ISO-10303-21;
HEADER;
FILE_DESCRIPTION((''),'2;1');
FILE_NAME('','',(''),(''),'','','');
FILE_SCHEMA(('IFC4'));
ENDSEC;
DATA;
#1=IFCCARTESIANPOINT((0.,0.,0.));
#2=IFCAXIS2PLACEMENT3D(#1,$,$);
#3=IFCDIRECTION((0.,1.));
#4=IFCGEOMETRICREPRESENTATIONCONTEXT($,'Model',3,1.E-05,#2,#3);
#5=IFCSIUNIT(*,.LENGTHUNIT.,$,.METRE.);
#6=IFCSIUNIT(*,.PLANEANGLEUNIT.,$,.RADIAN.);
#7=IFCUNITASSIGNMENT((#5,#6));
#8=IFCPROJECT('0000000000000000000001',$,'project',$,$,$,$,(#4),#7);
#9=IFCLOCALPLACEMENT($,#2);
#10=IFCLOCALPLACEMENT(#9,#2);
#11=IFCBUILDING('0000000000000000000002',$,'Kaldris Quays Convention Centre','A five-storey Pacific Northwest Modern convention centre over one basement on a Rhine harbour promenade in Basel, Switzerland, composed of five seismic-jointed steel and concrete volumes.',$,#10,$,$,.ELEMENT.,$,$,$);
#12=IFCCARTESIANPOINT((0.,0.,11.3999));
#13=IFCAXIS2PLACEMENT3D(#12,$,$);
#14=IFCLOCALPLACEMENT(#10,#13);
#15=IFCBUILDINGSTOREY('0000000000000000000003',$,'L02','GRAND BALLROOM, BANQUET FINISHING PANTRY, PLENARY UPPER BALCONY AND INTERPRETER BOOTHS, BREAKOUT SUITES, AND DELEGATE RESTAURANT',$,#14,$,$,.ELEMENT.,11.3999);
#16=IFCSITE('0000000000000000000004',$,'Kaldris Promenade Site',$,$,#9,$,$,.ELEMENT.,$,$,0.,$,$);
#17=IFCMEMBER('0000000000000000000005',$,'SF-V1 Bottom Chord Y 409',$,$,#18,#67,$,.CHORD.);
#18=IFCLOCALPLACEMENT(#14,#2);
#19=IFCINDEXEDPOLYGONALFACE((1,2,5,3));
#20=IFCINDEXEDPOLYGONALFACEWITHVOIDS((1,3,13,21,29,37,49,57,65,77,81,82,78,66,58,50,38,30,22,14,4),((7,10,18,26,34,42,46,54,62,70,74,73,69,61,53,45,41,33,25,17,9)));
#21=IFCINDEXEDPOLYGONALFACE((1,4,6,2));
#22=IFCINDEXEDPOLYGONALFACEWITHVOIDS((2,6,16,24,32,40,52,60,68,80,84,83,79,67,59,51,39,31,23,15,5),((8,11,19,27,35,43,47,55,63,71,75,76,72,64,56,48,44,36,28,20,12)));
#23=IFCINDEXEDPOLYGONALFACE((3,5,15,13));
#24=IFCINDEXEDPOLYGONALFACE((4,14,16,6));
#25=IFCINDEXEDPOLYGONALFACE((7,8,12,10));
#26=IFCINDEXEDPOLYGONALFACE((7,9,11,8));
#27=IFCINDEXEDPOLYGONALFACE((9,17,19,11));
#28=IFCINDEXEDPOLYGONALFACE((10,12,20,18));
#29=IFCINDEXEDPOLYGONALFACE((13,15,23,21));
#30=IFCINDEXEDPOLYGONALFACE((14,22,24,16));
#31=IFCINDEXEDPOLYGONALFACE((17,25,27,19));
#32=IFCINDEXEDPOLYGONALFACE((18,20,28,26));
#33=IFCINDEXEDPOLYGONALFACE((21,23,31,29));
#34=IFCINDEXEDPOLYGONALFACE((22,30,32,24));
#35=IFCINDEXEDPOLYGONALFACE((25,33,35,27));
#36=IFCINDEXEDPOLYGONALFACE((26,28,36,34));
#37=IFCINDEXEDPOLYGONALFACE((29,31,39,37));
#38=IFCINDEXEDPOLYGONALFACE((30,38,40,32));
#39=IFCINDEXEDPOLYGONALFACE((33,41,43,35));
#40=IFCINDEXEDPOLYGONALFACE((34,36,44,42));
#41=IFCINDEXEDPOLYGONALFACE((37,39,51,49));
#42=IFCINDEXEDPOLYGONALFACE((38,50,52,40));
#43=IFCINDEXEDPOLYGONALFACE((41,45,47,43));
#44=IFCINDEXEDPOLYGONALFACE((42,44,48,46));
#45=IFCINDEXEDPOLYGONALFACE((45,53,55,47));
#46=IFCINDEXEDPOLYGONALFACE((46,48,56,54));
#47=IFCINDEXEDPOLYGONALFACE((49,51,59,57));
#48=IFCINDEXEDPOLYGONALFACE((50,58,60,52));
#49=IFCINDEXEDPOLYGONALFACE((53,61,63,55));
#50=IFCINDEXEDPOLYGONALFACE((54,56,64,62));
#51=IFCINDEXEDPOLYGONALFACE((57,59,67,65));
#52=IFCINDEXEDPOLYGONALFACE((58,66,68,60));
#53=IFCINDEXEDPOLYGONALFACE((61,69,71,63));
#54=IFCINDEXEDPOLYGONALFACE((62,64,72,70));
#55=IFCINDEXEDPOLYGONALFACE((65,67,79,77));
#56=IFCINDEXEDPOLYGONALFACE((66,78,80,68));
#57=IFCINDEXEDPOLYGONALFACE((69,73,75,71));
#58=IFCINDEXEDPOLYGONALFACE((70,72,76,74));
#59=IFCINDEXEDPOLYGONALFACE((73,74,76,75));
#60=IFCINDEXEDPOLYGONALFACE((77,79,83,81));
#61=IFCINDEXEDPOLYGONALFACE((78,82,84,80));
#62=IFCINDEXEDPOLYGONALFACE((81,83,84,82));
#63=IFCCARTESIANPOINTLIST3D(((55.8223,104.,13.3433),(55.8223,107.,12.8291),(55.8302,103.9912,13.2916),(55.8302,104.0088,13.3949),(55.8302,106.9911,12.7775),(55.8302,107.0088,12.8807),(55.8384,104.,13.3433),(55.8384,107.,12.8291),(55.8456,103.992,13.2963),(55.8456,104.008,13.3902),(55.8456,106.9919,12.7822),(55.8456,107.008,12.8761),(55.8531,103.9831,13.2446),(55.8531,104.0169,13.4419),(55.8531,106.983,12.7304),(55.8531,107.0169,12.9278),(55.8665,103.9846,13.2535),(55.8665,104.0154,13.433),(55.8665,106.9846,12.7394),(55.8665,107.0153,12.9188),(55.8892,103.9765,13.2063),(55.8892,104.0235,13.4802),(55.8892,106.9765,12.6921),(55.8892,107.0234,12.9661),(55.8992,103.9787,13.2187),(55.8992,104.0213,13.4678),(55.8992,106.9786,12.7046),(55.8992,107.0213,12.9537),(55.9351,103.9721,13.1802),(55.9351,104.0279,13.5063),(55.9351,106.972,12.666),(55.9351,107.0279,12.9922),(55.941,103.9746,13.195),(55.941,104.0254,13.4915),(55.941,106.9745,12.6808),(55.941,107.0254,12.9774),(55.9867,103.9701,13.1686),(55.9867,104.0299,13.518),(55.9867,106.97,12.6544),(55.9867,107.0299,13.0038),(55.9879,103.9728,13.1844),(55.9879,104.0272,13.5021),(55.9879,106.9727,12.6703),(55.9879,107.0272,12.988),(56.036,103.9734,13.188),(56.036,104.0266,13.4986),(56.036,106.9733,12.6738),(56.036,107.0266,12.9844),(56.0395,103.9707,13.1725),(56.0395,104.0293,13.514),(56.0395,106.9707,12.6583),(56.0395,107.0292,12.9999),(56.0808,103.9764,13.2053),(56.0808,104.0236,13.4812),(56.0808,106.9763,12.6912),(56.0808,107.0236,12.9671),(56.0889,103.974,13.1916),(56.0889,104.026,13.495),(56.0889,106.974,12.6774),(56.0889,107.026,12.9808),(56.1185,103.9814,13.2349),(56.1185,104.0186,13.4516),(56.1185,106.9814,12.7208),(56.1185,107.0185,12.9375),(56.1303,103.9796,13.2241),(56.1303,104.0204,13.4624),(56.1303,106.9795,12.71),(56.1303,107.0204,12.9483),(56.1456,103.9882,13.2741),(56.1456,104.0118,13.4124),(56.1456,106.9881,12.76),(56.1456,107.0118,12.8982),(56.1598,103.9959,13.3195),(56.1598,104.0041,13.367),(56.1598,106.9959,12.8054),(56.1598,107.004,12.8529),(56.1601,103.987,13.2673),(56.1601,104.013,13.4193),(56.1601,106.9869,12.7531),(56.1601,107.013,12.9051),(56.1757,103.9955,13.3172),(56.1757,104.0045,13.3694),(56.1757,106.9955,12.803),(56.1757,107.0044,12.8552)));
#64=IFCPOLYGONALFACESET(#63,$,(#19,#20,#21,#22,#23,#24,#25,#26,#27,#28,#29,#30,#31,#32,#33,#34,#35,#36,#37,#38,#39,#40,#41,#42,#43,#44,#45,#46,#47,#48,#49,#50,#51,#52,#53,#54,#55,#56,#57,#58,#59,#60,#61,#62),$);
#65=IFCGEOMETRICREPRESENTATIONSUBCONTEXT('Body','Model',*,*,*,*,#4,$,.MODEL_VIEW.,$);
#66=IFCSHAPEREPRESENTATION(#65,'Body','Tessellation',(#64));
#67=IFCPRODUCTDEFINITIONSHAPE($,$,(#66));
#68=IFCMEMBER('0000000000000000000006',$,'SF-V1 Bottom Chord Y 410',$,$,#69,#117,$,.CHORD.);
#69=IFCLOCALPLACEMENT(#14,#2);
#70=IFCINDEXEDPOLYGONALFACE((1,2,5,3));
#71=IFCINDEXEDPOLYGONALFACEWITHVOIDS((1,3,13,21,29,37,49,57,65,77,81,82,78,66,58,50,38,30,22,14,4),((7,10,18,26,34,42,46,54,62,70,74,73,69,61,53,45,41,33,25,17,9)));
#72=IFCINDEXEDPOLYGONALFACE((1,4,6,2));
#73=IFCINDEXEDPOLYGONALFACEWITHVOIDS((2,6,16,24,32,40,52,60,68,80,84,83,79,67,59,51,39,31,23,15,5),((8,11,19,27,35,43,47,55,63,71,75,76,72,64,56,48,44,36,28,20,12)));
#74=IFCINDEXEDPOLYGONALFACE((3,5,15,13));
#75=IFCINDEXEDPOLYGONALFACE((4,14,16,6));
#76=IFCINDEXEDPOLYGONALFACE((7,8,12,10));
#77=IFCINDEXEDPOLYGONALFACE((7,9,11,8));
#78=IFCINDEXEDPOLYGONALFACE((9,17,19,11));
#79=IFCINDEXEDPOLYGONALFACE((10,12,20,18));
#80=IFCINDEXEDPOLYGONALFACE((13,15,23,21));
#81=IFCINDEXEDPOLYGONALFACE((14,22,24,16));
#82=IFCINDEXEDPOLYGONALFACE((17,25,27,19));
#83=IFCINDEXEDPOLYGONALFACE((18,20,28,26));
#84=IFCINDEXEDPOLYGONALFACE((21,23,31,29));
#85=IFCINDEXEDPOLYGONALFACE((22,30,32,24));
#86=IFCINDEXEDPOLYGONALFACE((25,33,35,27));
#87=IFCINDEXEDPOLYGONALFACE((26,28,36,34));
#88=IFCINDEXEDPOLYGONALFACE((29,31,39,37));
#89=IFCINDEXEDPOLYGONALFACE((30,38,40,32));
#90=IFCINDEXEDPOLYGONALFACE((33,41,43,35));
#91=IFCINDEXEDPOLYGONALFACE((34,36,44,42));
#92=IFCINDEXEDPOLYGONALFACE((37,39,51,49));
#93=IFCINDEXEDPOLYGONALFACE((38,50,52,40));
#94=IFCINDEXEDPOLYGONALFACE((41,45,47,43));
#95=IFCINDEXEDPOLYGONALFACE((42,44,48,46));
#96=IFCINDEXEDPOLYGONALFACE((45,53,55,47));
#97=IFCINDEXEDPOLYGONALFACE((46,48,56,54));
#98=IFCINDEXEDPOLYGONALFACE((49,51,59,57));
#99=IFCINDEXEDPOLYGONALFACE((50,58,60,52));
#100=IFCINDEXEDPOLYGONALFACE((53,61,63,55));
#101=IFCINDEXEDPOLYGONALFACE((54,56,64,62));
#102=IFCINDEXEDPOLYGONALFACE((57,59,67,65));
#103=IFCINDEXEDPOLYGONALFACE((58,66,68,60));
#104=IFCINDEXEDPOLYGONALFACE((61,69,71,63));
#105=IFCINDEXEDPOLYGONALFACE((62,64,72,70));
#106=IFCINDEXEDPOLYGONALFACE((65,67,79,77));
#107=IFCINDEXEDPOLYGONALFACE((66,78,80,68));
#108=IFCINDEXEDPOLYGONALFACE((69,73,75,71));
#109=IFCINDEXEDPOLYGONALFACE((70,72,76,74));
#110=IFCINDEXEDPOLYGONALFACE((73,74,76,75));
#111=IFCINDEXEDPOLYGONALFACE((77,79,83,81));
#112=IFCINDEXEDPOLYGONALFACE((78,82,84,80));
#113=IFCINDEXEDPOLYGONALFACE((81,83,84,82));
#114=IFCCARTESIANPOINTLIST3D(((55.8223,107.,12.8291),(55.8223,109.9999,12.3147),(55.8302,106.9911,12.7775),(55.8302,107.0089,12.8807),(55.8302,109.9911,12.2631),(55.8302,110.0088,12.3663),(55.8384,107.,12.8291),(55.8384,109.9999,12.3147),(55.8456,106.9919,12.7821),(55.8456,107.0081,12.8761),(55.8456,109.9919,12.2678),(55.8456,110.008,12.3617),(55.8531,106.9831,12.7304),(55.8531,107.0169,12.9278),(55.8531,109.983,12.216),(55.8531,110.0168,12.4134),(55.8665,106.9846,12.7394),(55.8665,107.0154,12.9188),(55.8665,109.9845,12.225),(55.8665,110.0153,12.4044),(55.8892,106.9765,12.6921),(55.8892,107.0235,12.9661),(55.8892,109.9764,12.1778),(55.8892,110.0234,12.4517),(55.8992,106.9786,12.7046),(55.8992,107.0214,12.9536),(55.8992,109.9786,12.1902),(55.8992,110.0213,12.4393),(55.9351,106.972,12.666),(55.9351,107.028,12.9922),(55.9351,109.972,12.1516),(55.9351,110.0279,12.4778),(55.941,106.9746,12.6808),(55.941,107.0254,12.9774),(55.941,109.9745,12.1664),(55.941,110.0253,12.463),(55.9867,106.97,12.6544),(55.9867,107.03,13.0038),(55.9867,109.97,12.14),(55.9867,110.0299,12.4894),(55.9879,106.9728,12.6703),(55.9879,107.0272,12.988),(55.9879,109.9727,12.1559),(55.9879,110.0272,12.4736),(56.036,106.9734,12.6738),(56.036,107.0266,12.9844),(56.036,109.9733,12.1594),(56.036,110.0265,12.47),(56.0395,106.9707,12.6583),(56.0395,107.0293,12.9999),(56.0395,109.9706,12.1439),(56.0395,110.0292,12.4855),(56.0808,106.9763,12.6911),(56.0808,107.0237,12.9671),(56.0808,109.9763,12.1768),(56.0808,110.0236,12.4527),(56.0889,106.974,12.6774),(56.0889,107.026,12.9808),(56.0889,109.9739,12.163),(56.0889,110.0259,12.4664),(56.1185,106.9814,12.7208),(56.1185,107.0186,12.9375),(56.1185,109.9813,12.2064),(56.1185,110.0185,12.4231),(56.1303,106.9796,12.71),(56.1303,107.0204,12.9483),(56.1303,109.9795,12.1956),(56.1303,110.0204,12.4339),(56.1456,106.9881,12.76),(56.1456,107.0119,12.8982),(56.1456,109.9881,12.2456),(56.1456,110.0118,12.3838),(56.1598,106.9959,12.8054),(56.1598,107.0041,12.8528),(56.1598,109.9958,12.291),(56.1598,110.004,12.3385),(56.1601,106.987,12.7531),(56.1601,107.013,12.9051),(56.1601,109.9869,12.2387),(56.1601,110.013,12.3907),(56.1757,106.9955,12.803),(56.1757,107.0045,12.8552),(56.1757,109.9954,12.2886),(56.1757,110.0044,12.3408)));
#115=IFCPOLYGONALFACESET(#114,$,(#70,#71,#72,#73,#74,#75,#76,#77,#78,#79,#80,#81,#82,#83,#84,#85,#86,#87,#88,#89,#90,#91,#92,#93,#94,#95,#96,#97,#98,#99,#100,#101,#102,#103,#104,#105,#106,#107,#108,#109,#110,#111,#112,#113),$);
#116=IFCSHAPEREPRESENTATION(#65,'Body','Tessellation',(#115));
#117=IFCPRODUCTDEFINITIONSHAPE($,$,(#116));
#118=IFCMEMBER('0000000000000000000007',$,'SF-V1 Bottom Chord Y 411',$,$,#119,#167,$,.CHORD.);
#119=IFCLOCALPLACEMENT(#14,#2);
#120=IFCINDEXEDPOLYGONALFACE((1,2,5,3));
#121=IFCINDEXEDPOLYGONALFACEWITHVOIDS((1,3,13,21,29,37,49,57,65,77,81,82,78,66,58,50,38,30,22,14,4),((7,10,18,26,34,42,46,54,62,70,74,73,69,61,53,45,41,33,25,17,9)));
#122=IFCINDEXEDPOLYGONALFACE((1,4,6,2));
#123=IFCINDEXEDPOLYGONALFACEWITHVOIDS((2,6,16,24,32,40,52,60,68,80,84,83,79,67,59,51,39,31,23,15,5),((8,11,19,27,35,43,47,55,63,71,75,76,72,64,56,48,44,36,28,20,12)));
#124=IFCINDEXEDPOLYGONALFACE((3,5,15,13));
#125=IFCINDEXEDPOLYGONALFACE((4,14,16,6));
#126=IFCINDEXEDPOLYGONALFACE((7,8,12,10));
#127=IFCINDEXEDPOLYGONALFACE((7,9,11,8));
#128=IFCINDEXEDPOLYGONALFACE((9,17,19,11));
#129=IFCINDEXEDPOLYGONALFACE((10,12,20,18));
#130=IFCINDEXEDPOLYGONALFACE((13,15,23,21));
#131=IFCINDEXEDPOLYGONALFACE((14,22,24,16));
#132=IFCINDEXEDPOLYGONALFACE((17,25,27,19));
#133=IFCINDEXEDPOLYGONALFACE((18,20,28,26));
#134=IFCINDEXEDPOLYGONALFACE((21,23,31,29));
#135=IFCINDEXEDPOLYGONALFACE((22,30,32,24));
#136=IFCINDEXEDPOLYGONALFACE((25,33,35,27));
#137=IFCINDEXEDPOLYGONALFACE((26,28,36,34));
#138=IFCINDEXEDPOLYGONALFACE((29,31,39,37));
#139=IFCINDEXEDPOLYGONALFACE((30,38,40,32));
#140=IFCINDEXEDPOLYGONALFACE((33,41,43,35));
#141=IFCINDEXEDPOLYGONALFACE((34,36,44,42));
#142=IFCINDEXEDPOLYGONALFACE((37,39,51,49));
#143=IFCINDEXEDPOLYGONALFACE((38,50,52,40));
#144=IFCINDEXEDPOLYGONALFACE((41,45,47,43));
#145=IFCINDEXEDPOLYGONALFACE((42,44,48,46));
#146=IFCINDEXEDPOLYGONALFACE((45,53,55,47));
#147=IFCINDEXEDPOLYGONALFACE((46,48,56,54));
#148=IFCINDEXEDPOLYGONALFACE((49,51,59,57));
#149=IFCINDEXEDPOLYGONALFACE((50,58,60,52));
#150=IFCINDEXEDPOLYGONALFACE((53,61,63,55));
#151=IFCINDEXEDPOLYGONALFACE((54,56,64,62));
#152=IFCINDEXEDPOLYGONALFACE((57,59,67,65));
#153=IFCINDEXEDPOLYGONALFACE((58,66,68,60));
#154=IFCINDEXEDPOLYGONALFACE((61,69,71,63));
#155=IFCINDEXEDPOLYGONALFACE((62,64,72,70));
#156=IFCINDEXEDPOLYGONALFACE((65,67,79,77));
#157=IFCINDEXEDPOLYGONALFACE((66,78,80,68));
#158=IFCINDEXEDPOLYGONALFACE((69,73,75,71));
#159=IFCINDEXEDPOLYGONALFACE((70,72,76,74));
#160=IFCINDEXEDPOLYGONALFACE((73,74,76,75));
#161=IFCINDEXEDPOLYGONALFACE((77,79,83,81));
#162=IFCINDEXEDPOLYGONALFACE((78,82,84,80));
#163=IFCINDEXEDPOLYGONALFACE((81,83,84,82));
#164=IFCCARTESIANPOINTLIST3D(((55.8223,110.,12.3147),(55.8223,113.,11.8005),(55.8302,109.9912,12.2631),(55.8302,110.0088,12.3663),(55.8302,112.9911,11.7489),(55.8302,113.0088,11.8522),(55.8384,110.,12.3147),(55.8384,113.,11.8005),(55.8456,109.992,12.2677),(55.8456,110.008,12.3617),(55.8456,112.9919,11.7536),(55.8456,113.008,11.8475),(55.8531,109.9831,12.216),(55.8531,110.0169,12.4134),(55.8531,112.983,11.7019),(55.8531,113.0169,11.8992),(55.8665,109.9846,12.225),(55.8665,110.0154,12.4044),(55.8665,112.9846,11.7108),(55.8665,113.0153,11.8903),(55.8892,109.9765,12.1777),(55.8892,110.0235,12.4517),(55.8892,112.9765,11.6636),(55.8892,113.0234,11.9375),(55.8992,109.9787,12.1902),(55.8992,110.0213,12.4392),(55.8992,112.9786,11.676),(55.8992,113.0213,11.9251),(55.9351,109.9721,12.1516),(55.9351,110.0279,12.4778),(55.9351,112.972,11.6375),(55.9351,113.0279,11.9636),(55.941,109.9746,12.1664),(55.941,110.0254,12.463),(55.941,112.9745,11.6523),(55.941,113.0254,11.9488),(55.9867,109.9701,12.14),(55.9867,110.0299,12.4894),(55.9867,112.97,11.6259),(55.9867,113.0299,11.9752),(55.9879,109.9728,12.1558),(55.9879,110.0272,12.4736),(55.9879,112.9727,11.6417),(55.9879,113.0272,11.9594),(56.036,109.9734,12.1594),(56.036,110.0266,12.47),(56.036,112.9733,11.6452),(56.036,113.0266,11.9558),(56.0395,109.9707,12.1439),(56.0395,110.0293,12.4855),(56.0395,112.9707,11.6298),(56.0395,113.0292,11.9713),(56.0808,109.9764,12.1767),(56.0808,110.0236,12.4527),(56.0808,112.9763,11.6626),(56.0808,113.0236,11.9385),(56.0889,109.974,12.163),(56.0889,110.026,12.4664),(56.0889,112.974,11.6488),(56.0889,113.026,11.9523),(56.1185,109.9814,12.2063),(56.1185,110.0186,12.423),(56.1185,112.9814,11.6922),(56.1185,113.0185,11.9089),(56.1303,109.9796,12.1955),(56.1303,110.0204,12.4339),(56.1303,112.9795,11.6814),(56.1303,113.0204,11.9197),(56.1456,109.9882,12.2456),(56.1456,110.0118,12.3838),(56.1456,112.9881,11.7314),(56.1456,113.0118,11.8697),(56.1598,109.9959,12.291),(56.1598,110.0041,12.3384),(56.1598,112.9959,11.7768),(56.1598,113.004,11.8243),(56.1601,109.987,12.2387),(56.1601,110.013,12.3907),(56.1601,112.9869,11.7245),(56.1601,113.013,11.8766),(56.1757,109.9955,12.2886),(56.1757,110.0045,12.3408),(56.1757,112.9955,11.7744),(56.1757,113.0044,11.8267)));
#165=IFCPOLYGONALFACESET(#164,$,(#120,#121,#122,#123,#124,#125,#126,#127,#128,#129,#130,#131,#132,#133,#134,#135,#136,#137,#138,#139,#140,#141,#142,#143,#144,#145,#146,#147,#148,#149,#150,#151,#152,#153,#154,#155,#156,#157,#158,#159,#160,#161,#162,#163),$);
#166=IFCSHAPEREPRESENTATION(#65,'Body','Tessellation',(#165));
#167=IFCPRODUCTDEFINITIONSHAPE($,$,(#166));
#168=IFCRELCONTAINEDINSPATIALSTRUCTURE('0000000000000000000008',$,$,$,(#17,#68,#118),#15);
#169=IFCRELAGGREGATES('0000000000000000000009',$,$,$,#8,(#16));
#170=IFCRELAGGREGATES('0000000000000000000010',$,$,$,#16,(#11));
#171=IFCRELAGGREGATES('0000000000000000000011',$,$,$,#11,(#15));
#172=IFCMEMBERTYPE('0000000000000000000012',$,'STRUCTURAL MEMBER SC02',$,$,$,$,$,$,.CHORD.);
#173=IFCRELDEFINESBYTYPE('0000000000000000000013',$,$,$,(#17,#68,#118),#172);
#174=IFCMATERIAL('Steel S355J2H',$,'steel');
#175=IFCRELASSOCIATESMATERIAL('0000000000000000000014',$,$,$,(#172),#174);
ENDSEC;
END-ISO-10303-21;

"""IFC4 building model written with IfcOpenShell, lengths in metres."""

from ifc_helpers import new_model, si_unit, direction, frame, origin, origin_2d, place, context, subcontext, project, spatial, hollow_circle, extrude, material, material_profile, profile_set, type_object, element, save


model = new_model("IFC4")

# Units and contexts
model_context = context("Model", 3, precision=1e-05, world=origin(), true_north=direction((0.0, 1.0)))
body_context = subcontext(model_context, "Body", "Model", "MODEL_VIEW")
ifc_project = project(units=[si_unit("LENGTHUNIT", "METRE"), si_unit("PLANEANGLEUNIT", "RADIAN")], contexts=[model_context])

# Site, building, storey
site_placement = place(None, origin())
site = spatial("IfcSite", under=ifc_project, at=site_placement, Name="Kaldris Promenade Site", CompositionType="ELEMENT", RefElevation=0.0)
building_placement = place(site_placement, origin())
building = spatial("IfcBuilding", under=site, at=building_placement, Name="Kaldris Quays Convention Centre", Description="A five-storey Pacific Northwest Modern convention centre over one basement on a Rhine harbour promenade in Basel, Switzerland, composed of five seismic-jointed steel and concrete volumes.", CompositionType="ELEMENT")
storey_placement = place(building_placement, frame((0.0, 0.0, 11.3999)))
storey = spatial("IfcBuildingStorey", under=building, at=storey_placement, Name="L02", Description="GRAND BALLROOM, BANQUET FINISHING PANTRY, PLENARY UPPER BALCONY AND INTERPRETER BOOTHS, BREAKOUT SUITES, AND DELEGATE RESTAURANT", CompositionType="ELEMENT", Elevation=11.3999)

# Members
ifc_material_1 = material(Name="Steel S355J2H", Category="steel")
ifc_material_profile_1 = material_profile(ifc_material_1, hollow_circle(Radius=0.1777, WallThickness=0.0161, at=origin_2d()), Name="CHS 355.6x16")
ifc_profile_set_1 = profile_set([ifc_material_profile_1], Name="Steel S355J2H")
member_type_1 = type_object("IfcMemberType", Name="STRUCTURAL MEMBER SC02", PredefinedType="CHORD", material=ifc_profile_set_1)
for number, where, z_axis, x_axis, name in (
    (1, (56.0, 104.0, 13.3433), (0.0, 0.985629, -0.168924), (-1.0, 0.0, 0.0), "SF-V1 Bottom Chord Y 409"),
    (2, (56.0, 107.0, 12.8291), (0.0, 0.985616, -0.169002), (-1.0, 0.0, 0.0), "SF-V1 Bottom Chord Y 410"),
    (3, (56.0, 110.0, 12.3147), (0.0, 0.985629, -0.168924), (-1.0, 0.0, 0.0), "SF-V1 Bottom Chord Y 411"),
):
    element("IfcMember", number, at=place(storey_placement, frame(where, z_axis=z_axis, x_axis=x_axis)), inside=storey, type_object=member_type_1, Name=name, PredefinedType="CHORD", context=body_context, shape_type="SweptSolid", body=[
        extrude(hollow_circle(Radius=0.1777, WallThickness=0.0161, at=origin_2d()), origin(), (0.0, 0.0, 1.0), 3.0437),
    ])

save(model, "model.ifc")
